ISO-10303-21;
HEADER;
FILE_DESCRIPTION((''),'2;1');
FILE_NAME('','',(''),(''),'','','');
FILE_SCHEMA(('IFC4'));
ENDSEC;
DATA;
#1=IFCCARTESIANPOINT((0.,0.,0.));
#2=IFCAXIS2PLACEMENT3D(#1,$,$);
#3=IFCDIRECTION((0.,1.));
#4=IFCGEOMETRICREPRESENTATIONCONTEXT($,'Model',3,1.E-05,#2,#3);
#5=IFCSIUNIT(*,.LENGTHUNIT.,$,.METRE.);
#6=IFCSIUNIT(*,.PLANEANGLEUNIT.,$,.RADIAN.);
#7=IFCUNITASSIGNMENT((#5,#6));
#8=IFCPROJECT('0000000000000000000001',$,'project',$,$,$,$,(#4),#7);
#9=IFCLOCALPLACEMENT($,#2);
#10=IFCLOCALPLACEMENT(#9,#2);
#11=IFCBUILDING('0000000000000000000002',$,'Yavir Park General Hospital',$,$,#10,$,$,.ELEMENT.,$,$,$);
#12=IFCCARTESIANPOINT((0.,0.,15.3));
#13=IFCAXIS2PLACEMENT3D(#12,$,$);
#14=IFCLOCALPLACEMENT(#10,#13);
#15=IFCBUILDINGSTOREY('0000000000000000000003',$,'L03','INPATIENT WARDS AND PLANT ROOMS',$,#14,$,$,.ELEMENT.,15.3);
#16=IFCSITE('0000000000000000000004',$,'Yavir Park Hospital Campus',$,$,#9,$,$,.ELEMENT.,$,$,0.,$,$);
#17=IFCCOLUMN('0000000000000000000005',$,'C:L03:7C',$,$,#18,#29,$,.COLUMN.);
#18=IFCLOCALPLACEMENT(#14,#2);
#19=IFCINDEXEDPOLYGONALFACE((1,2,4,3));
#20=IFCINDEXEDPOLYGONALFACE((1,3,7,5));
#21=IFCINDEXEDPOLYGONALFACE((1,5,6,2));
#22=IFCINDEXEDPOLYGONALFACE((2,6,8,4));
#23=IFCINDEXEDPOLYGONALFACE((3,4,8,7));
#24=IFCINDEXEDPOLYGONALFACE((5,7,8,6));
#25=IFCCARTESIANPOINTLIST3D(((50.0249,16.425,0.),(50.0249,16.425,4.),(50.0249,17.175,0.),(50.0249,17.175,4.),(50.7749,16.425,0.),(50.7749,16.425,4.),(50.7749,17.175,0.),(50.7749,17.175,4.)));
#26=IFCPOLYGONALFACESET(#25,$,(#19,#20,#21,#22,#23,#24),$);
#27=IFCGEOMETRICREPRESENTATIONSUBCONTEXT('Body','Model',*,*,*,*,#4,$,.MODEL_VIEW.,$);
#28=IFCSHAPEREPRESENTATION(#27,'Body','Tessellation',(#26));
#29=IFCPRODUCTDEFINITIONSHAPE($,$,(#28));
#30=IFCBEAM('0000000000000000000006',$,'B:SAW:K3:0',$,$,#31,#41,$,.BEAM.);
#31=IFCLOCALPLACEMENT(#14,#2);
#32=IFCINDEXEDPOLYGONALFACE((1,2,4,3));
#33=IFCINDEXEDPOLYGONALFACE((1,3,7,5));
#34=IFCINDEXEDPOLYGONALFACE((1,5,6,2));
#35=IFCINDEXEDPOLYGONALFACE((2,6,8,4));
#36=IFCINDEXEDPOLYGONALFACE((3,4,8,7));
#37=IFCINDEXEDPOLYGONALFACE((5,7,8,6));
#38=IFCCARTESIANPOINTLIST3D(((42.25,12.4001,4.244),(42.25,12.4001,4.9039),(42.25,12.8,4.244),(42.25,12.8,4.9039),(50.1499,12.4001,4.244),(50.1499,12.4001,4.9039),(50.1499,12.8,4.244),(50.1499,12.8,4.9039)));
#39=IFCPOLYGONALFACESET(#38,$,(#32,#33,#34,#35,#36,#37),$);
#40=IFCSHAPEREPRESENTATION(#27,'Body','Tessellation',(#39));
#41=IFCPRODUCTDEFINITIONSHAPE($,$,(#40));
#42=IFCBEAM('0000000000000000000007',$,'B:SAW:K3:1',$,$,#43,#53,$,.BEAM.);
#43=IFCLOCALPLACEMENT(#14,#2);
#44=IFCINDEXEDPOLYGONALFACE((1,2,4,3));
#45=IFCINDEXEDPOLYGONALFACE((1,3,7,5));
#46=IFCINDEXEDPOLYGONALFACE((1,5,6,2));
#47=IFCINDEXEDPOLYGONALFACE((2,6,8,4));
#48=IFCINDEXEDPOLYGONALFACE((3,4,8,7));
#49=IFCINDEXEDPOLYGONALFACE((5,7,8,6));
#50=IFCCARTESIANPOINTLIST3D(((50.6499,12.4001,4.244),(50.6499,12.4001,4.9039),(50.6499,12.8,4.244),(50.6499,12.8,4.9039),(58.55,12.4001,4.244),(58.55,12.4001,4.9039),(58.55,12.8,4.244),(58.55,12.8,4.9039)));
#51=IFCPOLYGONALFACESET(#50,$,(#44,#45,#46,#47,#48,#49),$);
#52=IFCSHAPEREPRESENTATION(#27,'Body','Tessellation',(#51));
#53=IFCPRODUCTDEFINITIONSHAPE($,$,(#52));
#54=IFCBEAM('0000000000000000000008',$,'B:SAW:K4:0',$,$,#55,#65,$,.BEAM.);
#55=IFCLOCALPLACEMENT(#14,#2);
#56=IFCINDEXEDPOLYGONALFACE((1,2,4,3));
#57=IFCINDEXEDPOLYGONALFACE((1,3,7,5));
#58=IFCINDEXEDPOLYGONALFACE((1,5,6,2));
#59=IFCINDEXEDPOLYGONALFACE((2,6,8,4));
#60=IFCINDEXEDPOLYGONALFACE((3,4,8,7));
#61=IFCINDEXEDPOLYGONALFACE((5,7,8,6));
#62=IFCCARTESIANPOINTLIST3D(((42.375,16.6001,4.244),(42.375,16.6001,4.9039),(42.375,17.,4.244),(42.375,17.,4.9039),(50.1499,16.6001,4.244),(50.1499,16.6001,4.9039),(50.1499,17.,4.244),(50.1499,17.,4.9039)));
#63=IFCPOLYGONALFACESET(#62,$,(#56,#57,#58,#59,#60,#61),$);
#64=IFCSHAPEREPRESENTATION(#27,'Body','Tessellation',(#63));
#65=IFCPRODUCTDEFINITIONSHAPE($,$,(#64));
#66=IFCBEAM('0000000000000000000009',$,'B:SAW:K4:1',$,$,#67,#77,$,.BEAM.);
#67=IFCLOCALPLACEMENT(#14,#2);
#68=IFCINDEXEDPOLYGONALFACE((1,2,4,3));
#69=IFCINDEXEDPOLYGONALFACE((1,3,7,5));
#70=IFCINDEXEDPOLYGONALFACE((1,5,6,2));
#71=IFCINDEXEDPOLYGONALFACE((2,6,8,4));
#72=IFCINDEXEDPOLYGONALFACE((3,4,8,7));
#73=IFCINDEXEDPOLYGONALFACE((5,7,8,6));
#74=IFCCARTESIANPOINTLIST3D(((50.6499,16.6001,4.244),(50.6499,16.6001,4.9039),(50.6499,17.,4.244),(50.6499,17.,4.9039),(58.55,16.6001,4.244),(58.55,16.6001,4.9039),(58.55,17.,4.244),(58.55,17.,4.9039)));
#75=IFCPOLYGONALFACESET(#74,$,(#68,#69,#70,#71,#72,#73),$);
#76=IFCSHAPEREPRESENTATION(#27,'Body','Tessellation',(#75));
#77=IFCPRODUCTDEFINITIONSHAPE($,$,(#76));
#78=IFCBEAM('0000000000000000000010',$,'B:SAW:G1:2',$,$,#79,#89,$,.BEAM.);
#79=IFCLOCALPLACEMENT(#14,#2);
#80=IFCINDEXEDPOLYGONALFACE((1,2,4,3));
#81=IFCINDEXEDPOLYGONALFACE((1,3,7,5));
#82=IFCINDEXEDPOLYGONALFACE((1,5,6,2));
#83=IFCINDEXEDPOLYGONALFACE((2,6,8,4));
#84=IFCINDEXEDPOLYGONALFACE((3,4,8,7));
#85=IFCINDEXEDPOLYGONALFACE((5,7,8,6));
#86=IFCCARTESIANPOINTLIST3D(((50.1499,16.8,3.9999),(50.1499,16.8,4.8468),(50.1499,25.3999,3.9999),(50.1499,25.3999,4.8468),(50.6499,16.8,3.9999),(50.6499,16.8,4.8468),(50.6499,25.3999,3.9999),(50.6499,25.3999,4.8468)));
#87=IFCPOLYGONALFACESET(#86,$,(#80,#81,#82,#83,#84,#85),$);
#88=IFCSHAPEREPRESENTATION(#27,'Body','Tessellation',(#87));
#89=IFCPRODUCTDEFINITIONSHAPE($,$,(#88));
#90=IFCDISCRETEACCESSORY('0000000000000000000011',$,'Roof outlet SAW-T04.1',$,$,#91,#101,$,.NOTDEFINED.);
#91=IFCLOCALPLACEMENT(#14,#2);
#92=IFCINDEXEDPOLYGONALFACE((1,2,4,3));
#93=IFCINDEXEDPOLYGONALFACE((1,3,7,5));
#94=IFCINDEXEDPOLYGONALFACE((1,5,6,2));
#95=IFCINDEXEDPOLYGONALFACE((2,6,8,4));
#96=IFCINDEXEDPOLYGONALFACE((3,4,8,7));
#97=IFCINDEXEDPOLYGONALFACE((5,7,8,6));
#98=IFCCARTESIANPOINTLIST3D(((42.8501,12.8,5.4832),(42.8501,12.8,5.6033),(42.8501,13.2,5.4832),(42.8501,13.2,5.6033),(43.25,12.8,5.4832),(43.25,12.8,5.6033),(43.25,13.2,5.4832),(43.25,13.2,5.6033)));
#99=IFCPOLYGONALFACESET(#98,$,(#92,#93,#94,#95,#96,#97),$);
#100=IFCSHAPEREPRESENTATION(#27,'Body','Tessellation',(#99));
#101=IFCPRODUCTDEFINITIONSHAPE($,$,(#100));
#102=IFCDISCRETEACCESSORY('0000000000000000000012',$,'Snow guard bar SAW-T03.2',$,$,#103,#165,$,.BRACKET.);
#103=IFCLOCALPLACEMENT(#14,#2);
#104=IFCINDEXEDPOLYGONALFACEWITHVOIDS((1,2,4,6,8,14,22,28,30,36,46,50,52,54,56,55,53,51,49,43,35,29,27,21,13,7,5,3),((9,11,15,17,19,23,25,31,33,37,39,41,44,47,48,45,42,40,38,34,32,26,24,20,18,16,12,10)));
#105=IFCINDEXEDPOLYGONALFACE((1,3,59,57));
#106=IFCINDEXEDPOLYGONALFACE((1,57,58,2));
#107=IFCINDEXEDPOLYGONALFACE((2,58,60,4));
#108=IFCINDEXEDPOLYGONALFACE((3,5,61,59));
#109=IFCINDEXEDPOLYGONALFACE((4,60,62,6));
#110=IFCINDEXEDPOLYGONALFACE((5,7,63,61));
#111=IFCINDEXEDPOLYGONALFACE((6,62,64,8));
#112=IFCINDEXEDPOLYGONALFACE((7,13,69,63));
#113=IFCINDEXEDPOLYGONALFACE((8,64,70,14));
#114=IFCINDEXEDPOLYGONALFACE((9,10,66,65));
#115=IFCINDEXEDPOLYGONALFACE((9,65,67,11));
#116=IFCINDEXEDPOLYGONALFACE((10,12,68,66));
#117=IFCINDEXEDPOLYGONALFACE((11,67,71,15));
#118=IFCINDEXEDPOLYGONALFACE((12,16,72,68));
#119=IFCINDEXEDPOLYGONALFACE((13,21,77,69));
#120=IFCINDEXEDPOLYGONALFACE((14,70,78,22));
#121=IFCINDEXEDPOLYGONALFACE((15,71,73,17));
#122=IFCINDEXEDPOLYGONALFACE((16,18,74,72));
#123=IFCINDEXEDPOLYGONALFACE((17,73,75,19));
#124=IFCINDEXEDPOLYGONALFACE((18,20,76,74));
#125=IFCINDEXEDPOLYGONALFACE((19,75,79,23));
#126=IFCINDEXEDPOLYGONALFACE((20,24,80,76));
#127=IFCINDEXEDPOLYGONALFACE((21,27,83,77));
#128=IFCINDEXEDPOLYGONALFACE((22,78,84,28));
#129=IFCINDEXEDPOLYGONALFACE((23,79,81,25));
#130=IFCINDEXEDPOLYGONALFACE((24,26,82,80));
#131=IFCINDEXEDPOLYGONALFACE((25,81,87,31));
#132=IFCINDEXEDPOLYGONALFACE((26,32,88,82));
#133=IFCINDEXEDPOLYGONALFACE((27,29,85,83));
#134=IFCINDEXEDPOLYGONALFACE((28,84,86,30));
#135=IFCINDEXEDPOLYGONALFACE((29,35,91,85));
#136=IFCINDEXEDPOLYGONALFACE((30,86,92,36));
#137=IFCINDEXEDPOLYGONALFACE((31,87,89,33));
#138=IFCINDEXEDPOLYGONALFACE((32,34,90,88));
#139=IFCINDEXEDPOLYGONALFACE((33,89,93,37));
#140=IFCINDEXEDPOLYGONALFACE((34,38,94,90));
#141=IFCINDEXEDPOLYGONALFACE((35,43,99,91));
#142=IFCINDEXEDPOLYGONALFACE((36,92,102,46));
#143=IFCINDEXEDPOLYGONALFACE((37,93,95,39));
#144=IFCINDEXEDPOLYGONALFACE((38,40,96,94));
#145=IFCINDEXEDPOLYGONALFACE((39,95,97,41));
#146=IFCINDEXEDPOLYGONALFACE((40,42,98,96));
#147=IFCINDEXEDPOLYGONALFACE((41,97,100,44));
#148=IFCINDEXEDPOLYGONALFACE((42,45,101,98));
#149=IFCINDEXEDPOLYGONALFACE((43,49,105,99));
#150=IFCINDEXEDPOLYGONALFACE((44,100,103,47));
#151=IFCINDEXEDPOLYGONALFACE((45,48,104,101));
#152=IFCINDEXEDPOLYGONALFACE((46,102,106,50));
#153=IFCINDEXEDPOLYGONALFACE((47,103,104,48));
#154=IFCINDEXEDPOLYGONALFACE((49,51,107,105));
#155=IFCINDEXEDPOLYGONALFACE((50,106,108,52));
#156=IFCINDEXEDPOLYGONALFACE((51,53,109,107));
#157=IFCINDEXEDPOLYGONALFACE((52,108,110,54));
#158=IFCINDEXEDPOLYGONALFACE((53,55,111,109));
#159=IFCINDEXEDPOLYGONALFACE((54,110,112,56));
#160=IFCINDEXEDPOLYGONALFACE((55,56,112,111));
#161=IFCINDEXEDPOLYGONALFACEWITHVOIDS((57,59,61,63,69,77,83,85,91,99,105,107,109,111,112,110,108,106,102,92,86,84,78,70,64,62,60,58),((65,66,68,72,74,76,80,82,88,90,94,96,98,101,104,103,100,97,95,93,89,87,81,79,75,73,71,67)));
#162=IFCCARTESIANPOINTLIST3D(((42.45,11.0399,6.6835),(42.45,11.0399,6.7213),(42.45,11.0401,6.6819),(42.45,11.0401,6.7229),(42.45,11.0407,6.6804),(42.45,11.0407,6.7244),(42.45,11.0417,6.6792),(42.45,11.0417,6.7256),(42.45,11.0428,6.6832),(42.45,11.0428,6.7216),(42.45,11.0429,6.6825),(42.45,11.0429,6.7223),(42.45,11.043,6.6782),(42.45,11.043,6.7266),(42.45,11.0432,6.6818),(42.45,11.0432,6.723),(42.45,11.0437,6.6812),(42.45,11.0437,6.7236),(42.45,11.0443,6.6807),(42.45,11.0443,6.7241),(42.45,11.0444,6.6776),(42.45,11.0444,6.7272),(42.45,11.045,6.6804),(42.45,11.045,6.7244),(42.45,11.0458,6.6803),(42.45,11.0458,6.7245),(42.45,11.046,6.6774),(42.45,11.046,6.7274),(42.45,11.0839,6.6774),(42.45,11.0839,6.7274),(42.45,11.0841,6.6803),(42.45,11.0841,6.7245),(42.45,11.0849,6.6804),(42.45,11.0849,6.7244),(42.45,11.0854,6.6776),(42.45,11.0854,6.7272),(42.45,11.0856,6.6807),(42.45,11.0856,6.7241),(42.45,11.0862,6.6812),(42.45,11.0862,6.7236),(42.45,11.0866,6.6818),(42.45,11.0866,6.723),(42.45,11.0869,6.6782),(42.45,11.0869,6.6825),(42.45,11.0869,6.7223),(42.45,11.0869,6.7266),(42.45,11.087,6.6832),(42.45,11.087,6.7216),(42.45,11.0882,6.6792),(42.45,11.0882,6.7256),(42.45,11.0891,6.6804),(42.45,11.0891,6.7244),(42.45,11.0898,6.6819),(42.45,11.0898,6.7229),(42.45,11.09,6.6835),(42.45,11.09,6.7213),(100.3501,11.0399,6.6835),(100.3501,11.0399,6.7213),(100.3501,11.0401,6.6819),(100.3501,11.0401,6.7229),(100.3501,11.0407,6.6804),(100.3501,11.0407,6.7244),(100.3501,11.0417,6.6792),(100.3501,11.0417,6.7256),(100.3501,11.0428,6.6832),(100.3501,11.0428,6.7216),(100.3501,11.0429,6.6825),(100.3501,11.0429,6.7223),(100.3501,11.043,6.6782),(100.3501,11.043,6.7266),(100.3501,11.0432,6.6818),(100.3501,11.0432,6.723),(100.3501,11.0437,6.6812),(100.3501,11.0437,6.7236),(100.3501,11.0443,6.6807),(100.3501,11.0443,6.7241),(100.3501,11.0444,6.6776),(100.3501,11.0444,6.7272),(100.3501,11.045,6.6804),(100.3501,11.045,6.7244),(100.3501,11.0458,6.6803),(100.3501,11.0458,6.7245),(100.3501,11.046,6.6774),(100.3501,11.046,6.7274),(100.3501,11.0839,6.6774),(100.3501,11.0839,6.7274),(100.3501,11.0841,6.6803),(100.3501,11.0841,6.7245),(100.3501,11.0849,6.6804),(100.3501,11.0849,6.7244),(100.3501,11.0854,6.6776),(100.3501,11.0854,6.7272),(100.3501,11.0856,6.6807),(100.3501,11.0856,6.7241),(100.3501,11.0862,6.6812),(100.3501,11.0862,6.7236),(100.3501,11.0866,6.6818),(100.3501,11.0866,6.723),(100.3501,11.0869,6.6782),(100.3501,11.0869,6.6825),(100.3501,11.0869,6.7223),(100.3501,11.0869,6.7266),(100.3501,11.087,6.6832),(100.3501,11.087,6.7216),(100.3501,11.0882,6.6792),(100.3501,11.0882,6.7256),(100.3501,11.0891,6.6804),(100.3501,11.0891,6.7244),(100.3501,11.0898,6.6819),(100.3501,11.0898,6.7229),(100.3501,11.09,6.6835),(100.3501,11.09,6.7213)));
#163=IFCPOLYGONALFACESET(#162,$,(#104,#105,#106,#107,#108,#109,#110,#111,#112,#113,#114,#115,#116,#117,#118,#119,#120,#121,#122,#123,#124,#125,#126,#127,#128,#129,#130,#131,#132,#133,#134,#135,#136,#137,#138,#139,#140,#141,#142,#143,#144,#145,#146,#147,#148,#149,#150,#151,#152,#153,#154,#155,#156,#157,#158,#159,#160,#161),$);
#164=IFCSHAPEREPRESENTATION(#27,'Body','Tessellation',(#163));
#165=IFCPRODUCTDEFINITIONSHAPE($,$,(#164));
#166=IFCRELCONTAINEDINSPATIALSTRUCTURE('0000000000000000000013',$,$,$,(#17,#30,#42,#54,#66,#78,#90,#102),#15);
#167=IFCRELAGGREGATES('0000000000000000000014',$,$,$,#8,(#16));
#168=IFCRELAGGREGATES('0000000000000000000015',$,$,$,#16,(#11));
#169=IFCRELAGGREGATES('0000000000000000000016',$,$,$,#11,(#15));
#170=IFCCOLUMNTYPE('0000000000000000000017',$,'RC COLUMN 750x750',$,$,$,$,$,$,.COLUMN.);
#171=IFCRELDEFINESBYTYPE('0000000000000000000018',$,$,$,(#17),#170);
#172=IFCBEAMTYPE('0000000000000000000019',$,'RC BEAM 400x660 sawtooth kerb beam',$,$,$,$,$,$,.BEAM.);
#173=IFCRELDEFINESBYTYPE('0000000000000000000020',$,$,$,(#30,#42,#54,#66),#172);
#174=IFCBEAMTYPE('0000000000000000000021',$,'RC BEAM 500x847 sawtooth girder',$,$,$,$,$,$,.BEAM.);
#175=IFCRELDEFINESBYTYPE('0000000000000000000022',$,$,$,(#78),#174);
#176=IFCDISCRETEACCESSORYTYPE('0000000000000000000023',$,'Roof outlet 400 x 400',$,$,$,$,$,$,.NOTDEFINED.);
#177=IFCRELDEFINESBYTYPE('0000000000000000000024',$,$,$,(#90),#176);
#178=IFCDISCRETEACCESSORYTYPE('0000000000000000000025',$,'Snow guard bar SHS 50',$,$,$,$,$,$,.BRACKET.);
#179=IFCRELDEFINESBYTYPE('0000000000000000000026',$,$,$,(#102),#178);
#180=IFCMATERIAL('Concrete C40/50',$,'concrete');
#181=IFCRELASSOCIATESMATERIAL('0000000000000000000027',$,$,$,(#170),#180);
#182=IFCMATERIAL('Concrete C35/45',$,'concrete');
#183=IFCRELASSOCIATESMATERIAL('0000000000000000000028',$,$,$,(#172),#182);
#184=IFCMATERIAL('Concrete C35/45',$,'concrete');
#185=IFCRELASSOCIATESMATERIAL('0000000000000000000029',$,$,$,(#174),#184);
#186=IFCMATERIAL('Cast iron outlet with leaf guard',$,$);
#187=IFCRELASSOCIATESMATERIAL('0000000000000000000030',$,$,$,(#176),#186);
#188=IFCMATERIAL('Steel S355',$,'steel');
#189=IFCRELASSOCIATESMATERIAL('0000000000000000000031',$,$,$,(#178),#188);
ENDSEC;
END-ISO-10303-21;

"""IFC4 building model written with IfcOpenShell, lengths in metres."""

from ifc_helpers import new_model, si_unit, direction, frame, origin, origin_2d, place, context, subcontext, project, spatial, rectangle, hollow_rectangle, extrude, material, material_profile, profile_set, type_object, element, save


model = new_model("IFC4")

# Units and contexts
model_context = context("Model", 3, precision=1e-05, world=origin(), true_north=direction((0.0, 1.0)))
body_context = subcontext(model_context, "Body", "Model", "MODEL_VIEW")
ifc_project = project(units=[si_unit("LENGTHUNIT", "METRE"), si_unit("PLANEANGLEUNIT", "RADIAN")], contexts=[model_context])

# Site, building, storey
site_placement = place(None, origin())
site = spatial("IfcSite", under=ifc_project, at=site_placement, Name="Yavir Park Hospital Campus", CompositionType="ELEMENT", RefElevation=0.0)
building_placement = place(site_placement, origin())
building = spatial("IfcBuilding", under=site, at=building_placement, Name="Yavir Park General Hospital", CompositionType="ELEMENT")
storey_placement = place(building_placement, frame((0.0, 0.0, 15.3)))
storey = spatial("IfcBuildingStorey", under=building, at=storey_placement, Name="L03", Description="INPATIENT WARDS AND PLANT ROOMS", CompositionType="ELEMENT", Elevation=15.3)

# Column
ifc_material_1 = material(Name="Concrete C40/50", Category="concrete")
ifc_material_profile_1 = material_profile(ifc_material_1, rectangle(XDim=0.75, YDim=0.75, at=origin_2d()), Name="RC750x750")
ifc_profile_set_1 = profile_set([ifc_material_profile_1], Name="Concrete C40/50")
column_type = type_object("IfcColumnType", Name="RC COLUMN 750x750", PredefinedType="COLUMN", material=ifc_profile_set_1)
column_placement = place(storey_placement, frame((50.3999, 16.8, 0.0), z_axis=(0.0, 0.0, 1.0), x_axis=(1.0, 0.0, 0.0)))
element("IfcColumn", 1, at=column_placement, inside=storey, type_object=column_type, Name="C:L03:7C", PredefinedType="COLUMN", context=body_context, shape_type="SweptSolid", body=[
    extrude(rectangle(XDim=0.75, YDim=0.75, at=origin_2d()), origin(), (0.0, 0.0, 1.0), 4.0),
])

# Beams
ifc_material_2 = material(Name="Concrete C35/45", Category="concrete")
ifc_material_profile_2 = material_profile(ifc_material_2, rectangle(XDim=0.3999, YDim=0.6599, at=origin_2d()), Name="RC400x660")
ifc_profile_set_2 = profile_set([ifc_material_profile_2], Name="Concrete C35/45")
beam_type_1 = type_object("IfcBeamType", Name="RC BEAM 400x660 sawtooth kerb beam", PredefinedType="BEAM", material=ifc_profile_set_2)
beam_1_placement = place(storey_placement, frame((42.25, 12.6001, 4.574), z_axis=(1.0, 0.0, 0.0), x_axis=(0.0, 1.0, 0.0)))
element("IfcBeam", 2, at=beam_1_placement, inside=storey, type_object=beam_type_1, Name="B:SAW:K3:0", PredefinedType="BEAM", context=body_context, shape_type="SweptSolid", body=[
    extrude(rectangle(XDim=0.3999, YDim=0.6599, at=origin_2d()), origin(), (0.0, 0.0, 1.0), 7.8999),
])
beam_2_placement = place(storey_placement, frame((50.6499, 12.6001, 4.574), z_axis=(1.0, 0.0, 0.0), x_axis=(0.0, 1.0, 0.0)))
element("IfcBeam", 3, at=beam_2_placement, inside=storey, type_object=beam_type_1, Name="B:SAW:K3:1", PredefinedType="BEAM", context=body_context, shape_type="SweptSolid", body=[
    extrude(rectangle(XDim=0.3999, YDim=0.6599, at=origin_2d()), origin(), (0.0, 0.0, 1.0), 7.9001),
])
beam_3_placement = place(storey_placement, frame((42.375, 16.8, 4.574), z_axis=(1.0, 0.0, 0.0), x_axis=(0.0, 1.0, 0.0)))
element("IfcBeam", 4, at=beam_3_placement, inside=storey, type_object=beam_type_1, Name="B:SAW:K4:0", PredefinedType="BEAM", context=body_context, shape_type="SweptSolid", body=[
    extrude(rectangle(XDim=0.3999, YDim=0.6599, at=origin_2d()), origin(), (0.0, 0.0, 1.0), 7.7749),
])
beam_4_placement = place(storey_placement, frame((50.6499, 16.8, 4.574), z_axis=(1.0, 0.0, 0.0), x_axis=(0.0, 1.0, 0.0)))
element("IfcBeam", 5, at=beam_4_placement, inside=storey, type_object=beam_type_1, Name="B:SAW:K4:1", PredefinedType="BEAM", context=body_context, shape_type="SweptSolid", body=[
    extrude(rectangle(XDim=0.3999, YDim=0.6599, at=origin_2d()), origin(), (0.0, 0.0, 1.0), 7.9001),
])
ifc_material_3 = material(Name="Concrete C35/45", Category="concrete")
ifc_material_profile_3 = material_profile(ifc_material_3, rectangle(XDim=0.5, YDim=0.8469, at=origin_2d()), Name="RC500x847")
ifc_profile_set_3 = profile_set([ifc_material_profile_3], Name="Concrete C35/45")
beam_type_2 = type_object("IfcBeamType", Name="RC BEAM 500x847 sawtooth girder", PredefinedType="BEAM", material=ifc_profile_set_3)
beam_5_placement = place(storey_placement, frame((50.3999, 16.8, 4.4233), z_axis=(0.0, 1.0, 0.0), x_axis=(-1.0, 0.0, 0.0)))
element("IfcBeam", 6, at=beam_5_placement, inside=storey, type_object=beam_type_2, Name="B:SAW:G1:2", PredefinedType="BEAM", context=body_context, shape_type="SweptSolid", body=[
    extrude(rectangle(XDim=0.5, YDim=0.8469, at=origin_2d()), origin(), (0.0, 0.0, 1.0), 8.5999),
])

# Discrete accessories
ifc_material_4 = material(Name="Cast iron outlet with leaf guard")
discrete_accessory_type_1 = type_object("IfcDiscreteAccessoryType", Name="Roof outlet 400 x 400", PredefinedType="NOTDEFINED", material=ifc_material_4)
discrete_accessory_placement = place(storey_placement, frame((43.05, 13.0, 5.4832), z_axis=(0.0, 0.0, 1.0), x_axis=(1.0, 0.0, 0.0)))
element("IfcDiscreteAccessory", 7, at=discrete_accessory_placement, inside=storey, type_object=discrete_accessory_type_1, Name="Roof outlet SAW-T04.1", PredefinedType="NOTDEFINED", context=body_context, shape_type="SweptSolid", body=[
    extrude(rectangle(XDim=0.3999, YDim=0.3999, at=origin_2d()), origin(), (0.0, 0.0, 1.0), 0.1201),
])
ifc_material_5 = material(Name="Steel S355", Category="steel")
ifc_material_profile_4 = material_profile(ifc_material_5, hollow_rectangle(XDim=0.05, YDim=0.05, WallThickness=0.0029, InnerFilletRadius=0.0029, OuterFilletRadius=0.0061, at=origin_2d()), Name="RHS50x50x3")
ifc_profile_set_4 = profile_set([ifc_material_profile_4], Name="Steel S355")
discrete_accessory_type_2 = type_object("IfcDiscreteAccessoryType", Name="Snow guard bar SHS 50", PredefinedType="BRACKET", material=ifc_profile_set_4)
for number, where, z_axis, x_axis, name in (
    (8, (42.45, 11.0649, 6.7024), (1.0, 0.0, 0.0), (0.0, 1.0, 0.0), "Snow guard bar SAW-T03.2"),
):
    element("IfcDiscreteAccessory", number, at=place(storey_placement, frame(where, z_axis=z_axis, x_axis=x_axis)), inside=storey, type_object=discrete_accessory_type_2, Name=name, PredefinedType="BRACKET", context=body_context, shape_type="SweptSolid", body=[
        extrude(hollow_rectangle(XDim=0.05, YDim=0.05, WallThickness=0.0029, InnerFilletRadius=0.0029, OuterFilletRadius=0.0061, at=origin_2d()), origin(), (0.0, 0.0, 1.0), 57.9001),
    ])

save(model, "model.ifc")
